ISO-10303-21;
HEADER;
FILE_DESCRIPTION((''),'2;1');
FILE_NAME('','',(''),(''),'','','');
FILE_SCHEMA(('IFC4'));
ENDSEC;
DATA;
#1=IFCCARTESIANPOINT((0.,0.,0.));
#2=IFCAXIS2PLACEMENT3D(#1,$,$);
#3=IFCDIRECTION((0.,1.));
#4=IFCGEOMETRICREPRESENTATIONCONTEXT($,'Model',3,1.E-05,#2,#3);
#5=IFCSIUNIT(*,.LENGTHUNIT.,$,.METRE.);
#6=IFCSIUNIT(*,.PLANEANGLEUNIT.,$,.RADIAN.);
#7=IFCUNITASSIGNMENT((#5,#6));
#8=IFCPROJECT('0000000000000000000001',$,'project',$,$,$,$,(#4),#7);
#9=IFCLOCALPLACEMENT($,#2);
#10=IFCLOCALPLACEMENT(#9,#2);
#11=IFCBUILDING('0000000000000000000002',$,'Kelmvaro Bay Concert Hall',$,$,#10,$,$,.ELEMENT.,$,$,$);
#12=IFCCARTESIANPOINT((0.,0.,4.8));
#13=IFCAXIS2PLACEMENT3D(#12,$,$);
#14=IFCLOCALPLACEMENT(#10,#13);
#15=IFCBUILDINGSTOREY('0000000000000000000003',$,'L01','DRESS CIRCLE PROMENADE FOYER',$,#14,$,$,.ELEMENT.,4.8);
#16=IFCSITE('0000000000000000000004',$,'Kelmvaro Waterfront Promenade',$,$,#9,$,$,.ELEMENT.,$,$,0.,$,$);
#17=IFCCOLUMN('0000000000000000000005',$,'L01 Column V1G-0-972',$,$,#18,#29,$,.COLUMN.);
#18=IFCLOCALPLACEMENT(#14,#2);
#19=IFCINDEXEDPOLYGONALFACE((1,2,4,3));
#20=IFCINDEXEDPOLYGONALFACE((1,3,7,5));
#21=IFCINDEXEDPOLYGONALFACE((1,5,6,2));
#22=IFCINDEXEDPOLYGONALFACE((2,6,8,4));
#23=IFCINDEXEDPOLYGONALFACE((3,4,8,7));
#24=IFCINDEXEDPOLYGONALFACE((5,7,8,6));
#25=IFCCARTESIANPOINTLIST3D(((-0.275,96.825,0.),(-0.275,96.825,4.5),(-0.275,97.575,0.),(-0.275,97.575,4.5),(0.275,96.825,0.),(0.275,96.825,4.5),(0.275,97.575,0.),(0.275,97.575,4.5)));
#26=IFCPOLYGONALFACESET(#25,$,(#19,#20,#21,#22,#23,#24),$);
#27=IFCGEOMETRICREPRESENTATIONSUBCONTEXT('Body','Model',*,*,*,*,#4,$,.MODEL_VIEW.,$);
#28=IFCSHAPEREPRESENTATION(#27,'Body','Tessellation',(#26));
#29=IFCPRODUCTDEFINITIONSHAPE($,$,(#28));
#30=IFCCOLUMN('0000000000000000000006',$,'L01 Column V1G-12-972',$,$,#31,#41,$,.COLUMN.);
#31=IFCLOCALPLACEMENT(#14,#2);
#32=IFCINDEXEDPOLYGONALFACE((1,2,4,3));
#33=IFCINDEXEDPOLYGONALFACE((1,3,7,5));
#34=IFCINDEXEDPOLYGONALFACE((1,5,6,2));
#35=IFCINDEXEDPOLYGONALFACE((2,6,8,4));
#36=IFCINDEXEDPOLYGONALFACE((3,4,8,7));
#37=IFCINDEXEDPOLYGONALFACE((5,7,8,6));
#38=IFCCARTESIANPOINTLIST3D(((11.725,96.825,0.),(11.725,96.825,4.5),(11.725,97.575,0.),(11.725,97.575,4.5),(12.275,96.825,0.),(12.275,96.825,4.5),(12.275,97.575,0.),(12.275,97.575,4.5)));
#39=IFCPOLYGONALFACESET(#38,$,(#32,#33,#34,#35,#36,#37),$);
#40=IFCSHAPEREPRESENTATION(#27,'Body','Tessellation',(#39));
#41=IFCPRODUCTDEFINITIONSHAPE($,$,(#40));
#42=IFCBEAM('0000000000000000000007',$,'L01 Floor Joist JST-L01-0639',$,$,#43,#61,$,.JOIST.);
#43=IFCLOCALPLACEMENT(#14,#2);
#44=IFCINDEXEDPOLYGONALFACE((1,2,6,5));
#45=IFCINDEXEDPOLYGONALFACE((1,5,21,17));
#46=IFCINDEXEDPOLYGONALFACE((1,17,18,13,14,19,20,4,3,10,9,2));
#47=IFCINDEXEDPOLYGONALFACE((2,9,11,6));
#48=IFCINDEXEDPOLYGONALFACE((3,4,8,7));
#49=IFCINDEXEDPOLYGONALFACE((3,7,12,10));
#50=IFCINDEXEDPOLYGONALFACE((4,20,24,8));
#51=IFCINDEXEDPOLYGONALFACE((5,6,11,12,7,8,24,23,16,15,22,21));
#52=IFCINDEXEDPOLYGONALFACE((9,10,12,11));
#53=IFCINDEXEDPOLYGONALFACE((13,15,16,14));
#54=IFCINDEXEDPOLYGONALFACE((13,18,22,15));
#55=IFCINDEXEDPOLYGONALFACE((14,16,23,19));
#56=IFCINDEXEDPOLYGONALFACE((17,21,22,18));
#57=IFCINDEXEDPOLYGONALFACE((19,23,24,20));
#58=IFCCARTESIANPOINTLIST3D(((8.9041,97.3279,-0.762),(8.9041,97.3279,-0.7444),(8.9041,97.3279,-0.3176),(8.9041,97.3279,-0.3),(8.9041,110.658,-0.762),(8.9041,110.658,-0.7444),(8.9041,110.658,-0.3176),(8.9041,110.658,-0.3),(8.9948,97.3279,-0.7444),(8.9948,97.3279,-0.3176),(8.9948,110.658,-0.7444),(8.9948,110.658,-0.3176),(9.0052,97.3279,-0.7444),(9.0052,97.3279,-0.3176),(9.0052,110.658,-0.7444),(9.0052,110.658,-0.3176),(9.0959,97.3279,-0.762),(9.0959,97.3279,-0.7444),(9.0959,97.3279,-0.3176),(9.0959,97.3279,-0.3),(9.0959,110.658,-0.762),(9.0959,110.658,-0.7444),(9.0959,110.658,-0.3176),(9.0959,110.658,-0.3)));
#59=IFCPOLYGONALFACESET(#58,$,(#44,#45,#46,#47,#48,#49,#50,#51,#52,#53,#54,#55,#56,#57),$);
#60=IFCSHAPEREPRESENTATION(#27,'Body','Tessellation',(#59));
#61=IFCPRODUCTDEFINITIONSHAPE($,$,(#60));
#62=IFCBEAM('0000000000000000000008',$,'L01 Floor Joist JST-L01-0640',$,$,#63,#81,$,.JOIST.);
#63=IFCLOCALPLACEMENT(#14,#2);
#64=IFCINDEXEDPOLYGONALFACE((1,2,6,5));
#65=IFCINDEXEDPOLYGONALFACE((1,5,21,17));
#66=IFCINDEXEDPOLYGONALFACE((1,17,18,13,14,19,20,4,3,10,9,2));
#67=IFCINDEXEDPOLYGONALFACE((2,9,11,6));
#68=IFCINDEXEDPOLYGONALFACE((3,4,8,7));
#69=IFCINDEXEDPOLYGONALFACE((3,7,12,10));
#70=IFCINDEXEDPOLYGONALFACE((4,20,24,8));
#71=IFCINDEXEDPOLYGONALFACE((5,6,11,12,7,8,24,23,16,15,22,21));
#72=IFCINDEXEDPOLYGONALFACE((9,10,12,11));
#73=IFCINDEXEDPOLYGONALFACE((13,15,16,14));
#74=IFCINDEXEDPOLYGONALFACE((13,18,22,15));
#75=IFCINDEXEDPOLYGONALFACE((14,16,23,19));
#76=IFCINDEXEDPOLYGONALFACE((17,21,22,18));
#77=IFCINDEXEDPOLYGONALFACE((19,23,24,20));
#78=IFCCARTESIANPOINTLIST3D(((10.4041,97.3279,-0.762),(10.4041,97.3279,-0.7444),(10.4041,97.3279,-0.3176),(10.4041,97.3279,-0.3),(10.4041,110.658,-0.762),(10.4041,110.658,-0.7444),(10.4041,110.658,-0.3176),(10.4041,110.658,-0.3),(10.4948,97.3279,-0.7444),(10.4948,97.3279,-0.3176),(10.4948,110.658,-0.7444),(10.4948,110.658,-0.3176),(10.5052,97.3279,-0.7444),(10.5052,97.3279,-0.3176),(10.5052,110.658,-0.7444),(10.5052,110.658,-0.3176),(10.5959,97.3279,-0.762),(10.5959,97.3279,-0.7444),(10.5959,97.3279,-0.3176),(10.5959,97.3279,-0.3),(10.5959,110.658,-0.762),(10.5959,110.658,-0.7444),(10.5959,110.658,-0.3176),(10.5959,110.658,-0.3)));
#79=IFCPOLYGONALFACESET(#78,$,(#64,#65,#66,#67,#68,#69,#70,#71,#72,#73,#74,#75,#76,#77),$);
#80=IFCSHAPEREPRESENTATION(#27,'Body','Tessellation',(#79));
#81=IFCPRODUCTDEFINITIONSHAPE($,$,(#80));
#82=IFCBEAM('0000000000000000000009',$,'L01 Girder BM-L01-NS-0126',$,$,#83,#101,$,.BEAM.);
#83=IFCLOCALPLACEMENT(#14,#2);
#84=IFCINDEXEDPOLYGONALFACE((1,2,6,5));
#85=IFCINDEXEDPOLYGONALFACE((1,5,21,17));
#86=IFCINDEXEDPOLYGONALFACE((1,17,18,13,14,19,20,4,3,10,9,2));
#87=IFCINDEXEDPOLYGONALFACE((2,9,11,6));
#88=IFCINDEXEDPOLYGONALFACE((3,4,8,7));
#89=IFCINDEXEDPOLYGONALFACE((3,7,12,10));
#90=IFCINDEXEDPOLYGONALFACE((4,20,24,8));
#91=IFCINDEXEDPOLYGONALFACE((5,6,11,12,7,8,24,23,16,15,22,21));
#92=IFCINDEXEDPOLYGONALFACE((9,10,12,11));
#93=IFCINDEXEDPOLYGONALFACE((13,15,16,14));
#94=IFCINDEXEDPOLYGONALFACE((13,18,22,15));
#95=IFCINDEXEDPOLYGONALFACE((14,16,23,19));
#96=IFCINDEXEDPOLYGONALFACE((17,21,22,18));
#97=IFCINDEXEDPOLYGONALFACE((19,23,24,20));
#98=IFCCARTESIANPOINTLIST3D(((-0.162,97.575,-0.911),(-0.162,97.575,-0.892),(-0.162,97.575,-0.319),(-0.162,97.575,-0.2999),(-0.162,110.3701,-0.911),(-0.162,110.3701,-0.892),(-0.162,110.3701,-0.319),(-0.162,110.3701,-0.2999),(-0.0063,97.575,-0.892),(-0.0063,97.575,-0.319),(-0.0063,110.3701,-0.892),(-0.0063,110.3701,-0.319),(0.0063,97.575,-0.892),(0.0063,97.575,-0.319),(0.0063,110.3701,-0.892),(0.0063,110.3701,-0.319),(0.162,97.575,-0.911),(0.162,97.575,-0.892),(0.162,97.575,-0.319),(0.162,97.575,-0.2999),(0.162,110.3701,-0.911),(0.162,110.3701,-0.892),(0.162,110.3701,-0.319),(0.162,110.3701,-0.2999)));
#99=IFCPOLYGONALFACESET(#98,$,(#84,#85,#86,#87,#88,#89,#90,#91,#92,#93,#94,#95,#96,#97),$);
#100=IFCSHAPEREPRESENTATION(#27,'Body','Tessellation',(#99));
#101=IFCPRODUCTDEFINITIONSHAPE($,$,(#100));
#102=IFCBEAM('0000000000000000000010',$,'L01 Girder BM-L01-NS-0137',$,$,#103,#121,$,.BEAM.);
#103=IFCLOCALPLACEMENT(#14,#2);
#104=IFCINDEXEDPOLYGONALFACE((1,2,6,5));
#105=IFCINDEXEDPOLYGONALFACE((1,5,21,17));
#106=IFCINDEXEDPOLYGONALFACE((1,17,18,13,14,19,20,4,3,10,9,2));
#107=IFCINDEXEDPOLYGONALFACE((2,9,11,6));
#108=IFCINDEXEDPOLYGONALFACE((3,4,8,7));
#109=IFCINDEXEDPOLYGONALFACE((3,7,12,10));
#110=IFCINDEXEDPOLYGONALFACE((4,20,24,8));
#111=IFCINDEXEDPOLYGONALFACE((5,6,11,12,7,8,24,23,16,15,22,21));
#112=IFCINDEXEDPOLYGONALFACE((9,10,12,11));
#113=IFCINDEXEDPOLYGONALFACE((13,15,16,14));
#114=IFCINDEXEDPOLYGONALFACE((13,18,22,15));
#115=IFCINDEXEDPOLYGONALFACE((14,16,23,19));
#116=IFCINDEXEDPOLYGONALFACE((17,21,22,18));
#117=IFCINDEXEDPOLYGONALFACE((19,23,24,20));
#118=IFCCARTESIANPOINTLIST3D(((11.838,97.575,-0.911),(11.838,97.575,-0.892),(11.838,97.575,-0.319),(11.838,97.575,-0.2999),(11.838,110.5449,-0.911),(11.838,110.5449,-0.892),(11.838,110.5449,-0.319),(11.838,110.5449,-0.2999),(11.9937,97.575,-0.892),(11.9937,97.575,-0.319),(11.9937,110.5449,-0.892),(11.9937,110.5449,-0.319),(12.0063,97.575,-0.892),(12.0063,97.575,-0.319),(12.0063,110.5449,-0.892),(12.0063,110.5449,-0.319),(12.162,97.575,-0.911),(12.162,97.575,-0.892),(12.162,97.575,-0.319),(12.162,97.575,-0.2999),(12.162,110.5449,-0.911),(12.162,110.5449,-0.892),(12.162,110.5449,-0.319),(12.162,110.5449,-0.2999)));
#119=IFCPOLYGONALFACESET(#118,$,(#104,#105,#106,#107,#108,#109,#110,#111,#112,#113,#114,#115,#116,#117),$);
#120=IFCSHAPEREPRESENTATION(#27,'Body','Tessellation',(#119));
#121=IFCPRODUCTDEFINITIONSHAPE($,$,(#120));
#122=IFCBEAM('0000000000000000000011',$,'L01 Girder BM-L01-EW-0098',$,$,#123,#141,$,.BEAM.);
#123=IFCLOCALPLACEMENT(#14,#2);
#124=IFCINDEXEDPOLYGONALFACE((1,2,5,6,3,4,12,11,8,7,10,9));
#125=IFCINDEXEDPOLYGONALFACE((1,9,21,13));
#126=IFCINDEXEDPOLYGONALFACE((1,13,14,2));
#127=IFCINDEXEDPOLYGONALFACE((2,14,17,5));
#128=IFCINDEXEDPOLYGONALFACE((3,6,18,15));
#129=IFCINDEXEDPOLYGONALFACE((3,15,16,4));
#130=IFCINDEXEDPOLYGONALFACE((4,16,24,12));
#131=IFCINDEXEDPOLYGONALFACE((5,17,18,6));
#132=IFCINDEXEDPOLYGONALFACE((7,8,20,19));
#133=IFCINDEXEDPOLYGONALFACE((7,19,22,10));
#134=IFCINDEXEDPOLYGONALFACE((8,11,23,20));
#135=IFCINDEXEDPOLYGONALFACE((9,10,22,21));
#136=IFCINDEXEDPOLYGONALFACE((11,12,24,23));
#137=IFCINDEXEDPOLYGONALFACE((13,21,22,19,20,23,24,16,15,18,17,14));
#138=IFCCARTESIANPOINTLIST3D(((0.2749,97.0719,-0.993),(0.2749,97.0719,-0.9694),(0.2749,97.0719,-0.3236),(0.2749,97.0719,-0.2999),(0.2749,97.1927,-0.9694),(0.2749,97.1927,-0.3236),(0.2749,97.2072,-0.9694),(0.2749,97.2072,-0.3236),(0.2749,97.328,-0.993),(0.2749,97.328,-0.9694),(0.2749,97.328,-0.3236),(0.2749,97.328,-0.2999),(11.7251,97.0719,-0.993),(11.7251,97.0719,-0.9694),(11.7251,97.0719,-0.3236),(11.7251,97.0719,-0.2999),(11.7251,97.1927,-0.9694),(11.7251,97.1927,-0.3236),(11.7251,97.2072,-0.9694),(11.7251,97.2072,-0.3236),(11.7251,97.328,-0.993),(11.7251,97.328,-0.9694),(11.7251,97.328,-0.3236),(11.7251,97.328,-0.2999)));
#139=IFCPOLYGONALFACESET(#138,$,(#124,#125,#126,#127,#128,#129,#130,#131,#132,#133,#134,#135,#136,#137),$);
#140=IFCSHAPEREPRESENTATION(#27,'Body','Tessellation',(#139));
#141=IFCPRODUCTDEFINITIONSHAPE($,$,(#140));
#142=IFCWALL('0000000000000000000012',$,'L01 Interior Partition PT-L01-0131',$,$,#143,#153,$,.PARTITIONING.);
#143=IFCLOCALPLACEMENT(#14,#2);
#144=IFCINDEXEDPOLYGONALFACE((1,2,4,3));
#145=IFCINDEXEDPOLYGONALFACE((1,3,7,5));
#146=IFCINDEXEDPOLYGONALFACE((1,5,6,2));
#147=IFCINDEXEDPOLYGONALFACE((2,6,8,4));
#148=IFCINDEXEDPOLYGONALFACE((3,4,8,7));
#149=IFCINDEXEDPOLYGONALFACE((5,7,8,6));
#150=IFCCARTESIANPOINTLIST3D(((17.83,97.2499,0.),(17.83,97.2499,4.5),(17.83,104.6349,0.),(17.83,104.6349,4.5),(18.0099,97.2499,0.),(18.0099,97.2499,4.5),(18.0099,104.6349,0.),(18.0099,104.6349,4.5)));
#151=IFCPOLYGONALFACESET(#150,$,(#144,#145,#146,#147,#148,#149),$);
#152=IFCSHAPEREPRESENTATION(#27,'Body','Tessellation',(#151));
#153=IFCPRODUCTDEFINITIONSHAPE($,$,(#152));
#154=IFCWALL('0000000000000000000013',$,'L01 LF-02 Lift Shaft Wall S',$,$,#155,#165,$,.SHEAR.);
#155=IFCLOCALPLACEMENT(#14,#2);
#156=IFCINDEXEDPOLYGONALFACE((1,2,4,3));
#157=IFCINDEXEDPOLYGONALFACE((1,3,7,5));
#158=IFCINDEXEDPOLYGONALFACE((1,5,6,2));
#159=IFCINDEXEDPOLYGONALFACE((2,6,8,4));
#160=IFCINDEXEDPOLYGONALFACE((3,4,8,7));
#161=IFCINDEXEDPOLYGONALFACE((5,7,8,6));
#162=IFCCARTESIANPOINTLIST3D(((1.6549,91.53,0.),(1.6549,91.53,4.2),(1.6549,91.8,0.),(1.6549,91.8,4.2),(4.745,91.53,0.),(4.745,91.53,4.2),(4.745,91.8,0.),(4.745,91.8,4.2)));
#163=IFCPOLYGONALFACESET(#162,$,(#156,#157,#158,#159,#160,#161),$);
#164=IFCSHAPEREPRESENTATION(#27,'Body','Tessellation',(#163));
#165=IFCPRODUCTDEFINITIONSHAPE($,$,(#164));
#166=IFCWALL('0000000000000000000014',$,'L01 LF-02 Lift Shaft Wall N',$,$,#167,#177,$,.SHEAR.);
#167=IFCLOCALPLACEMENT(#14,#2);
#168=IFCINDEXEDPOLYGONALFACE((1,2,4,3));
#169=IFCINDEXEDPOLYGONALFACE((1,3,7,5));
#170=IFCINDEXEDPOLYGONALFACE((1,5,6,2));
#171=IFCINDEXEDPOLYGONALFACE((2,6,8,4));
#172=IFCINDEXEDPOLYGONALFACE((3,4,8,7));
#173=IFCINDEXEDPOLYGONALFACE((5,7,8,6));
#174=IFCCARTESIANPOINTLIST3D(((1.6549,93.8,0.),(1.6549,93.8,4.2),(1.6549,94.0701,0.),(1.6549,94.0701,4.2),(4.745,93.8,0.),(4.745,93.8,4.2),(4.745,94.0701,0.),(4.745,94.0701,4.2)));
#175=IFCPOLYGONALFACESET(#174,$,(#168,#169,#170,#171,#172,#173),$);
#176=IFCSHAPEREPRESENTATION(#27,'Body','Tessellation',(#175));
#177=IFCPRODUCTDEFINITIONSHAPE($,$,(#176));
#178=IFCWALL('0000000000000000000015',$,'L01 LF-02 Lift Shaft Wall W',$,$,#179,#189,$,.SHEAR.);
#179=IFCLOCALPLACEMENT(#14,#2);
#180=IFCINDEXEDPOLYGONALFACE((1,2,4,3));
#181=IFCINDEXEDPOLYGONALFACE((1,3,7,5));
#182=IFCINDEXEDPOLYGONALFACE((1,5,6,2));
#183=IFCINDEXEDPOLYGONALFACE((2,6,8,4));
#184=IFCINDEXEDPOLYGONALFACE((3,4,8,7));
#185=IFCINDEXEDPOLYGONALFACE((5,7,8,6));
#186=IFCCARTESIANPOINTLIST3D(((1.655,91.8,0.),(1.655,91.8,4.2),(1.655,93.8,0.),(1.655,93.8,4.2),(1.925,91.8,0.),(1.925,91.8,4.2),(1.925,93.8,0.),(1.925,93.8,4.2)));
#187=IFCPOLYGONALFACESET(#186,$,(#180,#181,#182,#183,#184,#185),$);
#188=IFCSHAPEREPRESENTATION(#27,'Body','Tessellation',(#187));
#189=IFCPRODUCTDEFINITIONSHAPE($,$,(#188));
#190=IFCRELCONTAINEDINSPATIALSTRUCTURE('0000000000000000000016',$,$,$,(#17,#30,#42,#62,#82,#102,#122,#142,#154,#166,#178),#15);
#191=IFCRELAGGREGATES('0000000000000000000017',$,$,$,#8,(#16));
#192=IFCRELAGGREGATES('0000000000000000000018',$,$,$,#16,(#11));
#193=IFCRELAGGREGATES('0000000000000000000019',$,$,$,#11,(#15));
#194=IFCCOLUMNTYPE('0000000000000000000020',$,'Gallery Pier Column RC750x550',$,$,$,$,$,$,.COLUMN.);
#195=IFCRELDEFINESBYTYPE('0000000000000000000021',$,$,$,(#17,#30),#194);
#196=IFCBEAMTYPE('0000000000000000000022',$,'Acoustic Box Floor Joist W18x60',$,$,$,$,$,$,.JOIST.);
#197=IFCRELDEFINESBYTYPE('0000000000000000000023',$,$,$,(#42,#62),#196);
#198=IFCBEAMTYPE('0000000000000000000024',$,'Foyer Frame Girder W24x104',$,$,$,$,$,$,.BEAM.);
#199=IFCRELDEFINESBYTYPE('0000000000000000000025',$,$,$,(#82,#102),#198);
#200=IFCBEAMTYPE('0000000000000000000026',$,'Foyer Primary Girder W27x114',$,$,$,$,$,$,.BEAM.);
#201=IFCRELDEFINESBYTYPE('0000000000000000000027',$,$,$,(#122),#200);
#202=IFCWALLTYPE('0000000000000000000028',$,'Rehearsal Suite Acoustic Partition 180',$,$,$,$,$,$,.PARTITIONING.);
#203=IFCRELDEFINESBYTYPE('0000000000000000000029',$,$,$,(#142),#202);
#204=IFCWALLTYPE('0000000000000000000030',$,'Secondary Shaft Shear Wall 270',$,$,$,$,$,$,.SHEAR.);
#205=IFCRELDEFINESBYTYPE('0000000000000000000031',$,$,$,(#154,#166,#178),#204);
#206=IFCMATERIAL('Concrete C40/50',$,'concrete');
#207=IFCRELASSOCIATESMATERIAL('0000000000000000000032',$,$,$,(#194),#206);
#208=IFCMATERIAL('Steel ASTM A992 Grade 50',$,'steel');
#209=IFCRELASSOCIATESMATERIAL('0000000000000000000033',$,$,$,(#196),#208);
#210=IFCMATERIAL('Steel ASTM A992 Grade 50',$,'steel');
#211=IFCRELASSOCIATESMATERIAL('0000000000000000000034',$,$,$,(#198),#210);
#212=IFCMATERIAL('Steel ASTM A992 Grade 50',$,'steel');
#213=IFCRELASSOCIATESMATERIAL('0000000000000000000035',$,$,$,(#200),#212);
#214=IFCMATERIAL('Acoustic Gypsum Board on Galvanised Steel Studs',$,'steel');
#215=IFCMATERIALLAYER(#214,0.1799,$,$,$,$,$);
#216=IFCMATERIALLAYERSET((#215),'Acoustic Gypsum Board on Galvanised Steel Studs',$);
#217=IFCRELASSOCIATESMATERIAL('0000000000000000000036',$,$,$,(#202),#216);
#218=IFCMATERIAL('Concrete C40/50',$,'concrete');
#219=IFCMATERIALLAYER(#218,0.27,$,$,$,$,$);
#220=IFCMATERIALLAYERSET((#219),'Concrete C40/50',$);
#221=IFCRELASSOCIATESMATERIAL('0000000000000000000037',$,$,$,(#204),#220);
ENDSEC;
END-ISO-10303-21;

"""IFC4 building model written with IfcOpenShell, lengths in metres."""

from ifc_helpers import new_model, si_unit, direction, frame, frame_2d, origin, origin_2d, place, context, subcontext, project, spatial, rectangle, i_section, extrude, material, layer, layer_set, material_profile, profile_set, type_object, element, save


model = new_model("IFC4")

# Units and contexts
model_context = context("Model", 3, precision=1e-05, world=origin(), true_north=direction((0.0, 1.0)))
body_context = subcontext(model_context, "Body", "Model", "MODEL_VIEW")
ifc_project = project(units=[si_unit("LENGTHUNIT", "METRE"), si_unit("PLANEANGLEUNIT", "RADIAN")], contexts=[model_context])

# Site, building, storey
site_placement = place(None, origin())
site = spatial("IfcSite", under=ifc_project, at=site_placement, Name="Kelmvaro Waterfront Promenade", CompositionType="ELEMENT", RefElevation=0.0)
building_placement = place(site_placement, origin())
building = spatial("IfcBuilding", under=site, at=building_placement, Name="Kelmvaro Bay Concert Hall", CompositionType="ELEMENT")
storey_placement = place(building_placement, frame((0.0, 0.0, 4.8)))
storey = spatial("IfcBuildingStorey", under=building, at=storey_placement, Name="L01", Description="DRESS CIRCLE PROMENADE FOYER", CompositionType="ELEMENT", Elevation=4.8)

# Columns
ifc_material_1 = material(Name="Concrete C40/50", Category="concrete")
ifc_material_profile_1 = material_profile(ifc_material_1, rectangle(XDim=0.55, YDim=0.75, at=origin_2d()), Name="RC-COL-750X550")
ifc_profile_set_1 = profile_set([ifc_material_profile_1], Name="Concrete C40/50")
column_type = type_object("IfcColumnType", Name="Gallery Pier Column RC750x550", PredefinedType="COLUMN", material=ifc_profile_set_1)
for number, where, z_axis, x_axis, name in (
    (1, (0.0, 97.2, 0.0), (0.0, 0.0, 1.0), (1.0, 0.0, 0.0), "L01 Column V1G-0-972"),
    (2, (12.0, 97.2, 0.0), (0.0, 0.0, 1.0), (1.0, 0.0, 0.0), "L01 Column V1G-12-972"),
):
    element("IfcColumn", number, at=place(storey_placement, frame(where, z_axis=z_axis, x_axis=x_axis)), inside=storey, type_object=column_type, Name=name, PredefinedType="COLUMN", context=body_context, shape_type="SweptSolid", body=[
        extrude(rectangle(XDim=0.55, YDim=0.75, at=origin_2d()), origin(), (0.0, 0.0, 1.0), 4.5),
    ])

# Beams
ifc_material_2 = material(Name="Steel ASTM A992 Grade 50", Category="steel")
ifc_material_profile_2 = material_profile(ifc_material_2, i_section(OverallWidth=0.1919, OverallDepth=0.4619, WebThickness=0.0105, FlangeThickness=0.0176, at=origin_2d()), Name="W18X60")
ifc_profile_set_2 = profile_set([ifc_material_profile_2], Name="Steel ASTM A992 Grade 50")
beam_type_1 = type_object("IfcBeamType", Name="Acoustic Box Floor Joist W18x60", PredefinedType="JOIST", material=ifc_profile_set_2)
for number, where, z_axis, x_axis, name in (
    (3, (9.0, 97.3279, -0.531), (0.0, 1.0, 0.0), (-1.0, 0.0, 0.0), "L01 Floor Joist JST-L01-0639"),
    (4, (10.5, 97.3279, -0.531), (0.0, 1.0, 0.0), (-1.0, 0.0, 0.0), "L01 Floor Joist JST-L01-0640"),
):
    element("IfcBeam", number, at=place(storey_placement, frame(where, z_axis=z_axis, x_axis=x_axis)), inside=storey, type_object=beam_type_1, Name=name, PredefinedType="JOIST", context=body_context, shape_type="SweptSolid", body=[
        extrude(i_section(OverallWidth=0.1919, OverallDepth=0.4619, WebThickness=0.0105, FlangeThickness=0.0176, at=origin_2d()), origin(), (0.0, 0.0, 1.0), 13.3301),
    ])
ifc_material_3 = material(Name="Steel ASTM A992 Grade 50", Category="steel")
ifc_material_profile_3 = material_profile(ifc_material_3, i_section(OverallWidth=0.324, OverallDepth=0.6111, WebThickness=0.0127, FlangeThickness=0.019, at=origin_2d()), Name="W24X104")
ifc_profile_set_3 = profile_set([ifc_material_profile_3], Name="Steel ASTM A992 Grade 50")
beam_type_2 = type_object("IfcBeamType", Name="Foyer Frame Girder W24x104", PredefinedType="BEAM", material=ifc_profile_set_3)
beam_1_placement = place(storey_placement, frame((0.0, 97.575, -0.6055), z_axis=(0.0, 1.0, 0.0), x_axis=(-1.0, 0.0, 0.0)))
element("IfcBeam", 5, at=beam_1_placement, inside=storey, type_object=beam_type_2, Name="L01 Girder BM-L01-NS-0126", PredefinedType="BEAM", context=body_context, shape_type="SweptSolid", body=[
    extrude(i_section(OverallWidth=0.324, OverallDepth=0.6111, WebThickness=0.0127, FlangeThickness=0.019, at=origin_2d()), origin(), (0.0, 0.0, 1.0), 12.7952),
])
beam_2_placement = place(storey_placement, frame((12.0, 97.575, -0.6055), z_axis=(0.0, 1.0, 0.0), x_axis=(-1.0, 0.0, 0.0)))
element("IfcBeam", 6, at=beam_2_placement, inside=storey, type_object=beam_type_2, Name="L01 Girder BM-L01-NS-0137", PredefinedType="BEAM", context=body_context, shape_type="SweptSolid", body=[
    extrude(i_section(OverallWidth=0.324, OverallDepth=0.6111, WebThickness=0.0127, FlangeThickness=0.019, at=origin_2d()), origin(), (0.0, 0.0, 1.0), 12.97),
])
ifc_material_4 = material(Name="Steel ASTM A992 Grade 50", Category="steel")
ifc_material_profile_4 = material_profile(ifc_material_4, i_section(OverallWidth=0.2561, OverallDepth=0.6931, WebThickness=0.0144, FlangeThickness=0.0237, at=origin_2d()), Name="W27X114")
ifc_profile_set_4 = profile_set([ifc_material_profile_4], Name="Steel ASTM A992 Grade 50")
beam_type_3 = type_object("IfcBeamType", Name="Foyer Primary Girder W27x114", PredefinedType="BEAM", material=ifc_profile_set_4)
beam_3_placement = place(storey_placement, frame((0.2749, 97.2, -0.6465), z_axis=(1.0, 0.0, 0.0), x_axis=(0.0, 1.0, 0.0)))
element("IfcBeam", 7, at=beam_3_placement, inside=storey, type_object=beam_type_3, Name="L01 Girder BM-L01-EW-0098", PredefinedType="BEAM", context=body_context, shape_type="SweptSolid", body=[
    extrude(i_section(OverallWidth=0.2561, OverallDepth=0.6931, WebThickness=0.0144, FlangeThickness=0.0237, at=origin_2d()), origin(), (0.0, 0.0, 1.0), 11.4502),
])

# Walls
ifc_material_5 = material(Name="Acoustic Gypsum Board on Galvanised Steel Studs", Category="steel")
ifc_layer_1 = layer(ifc_material_5, 0.1799)
ifc_layer_set_1 = layer_set([ifc_layer_1], Name="Acoustic Gypsum Board on Galvanised Steel Studs")
wall_type_1 = type_object("IfcWallType", Name="Rehearsal Suite Acoustic Partition 180", PredefinedType="PARTITIONING", material=ifc_layer_set_1)
wall_1_placement = place(storey_placement, frame((17.9199, 97.25, 0.0), z_axis=(0.0, 0.0, 1.0), x_axis=(0.0, 1.0, 0.0)))
element("IfcWall", 8, at=wall_1_placement, inside=storey, type_object=wall_type_1, Name="L01 Interior Partition PT-L01-0131", PredefinedType="PARTITIONING", context=body_context, shape_type="SweptSolid", body=[
    extrude(rectangle(XDim=7.385, YDim=0.1799, at=frame_2d((3.6924, 0.0))), origin(), (0.0, 0.0, 1.0), 4.5),
])
ifc_material_6 = material(Name="Concrete C40/50", Category="concrete")
ifc_layer_2 = layer(ifc_material_6, 0.27)
ifc_layer_set_2 = layer_set([ifc_layer_2], Name="Concrete C40/50")
wall_type_2 = type_object("IfcWallType", Name="Secondary Shaft Shear Wall 270", PredefinedType="SHEAR", material=ifc_layer_set_2)
for number, where, z_axis, x_axis, name in (
    (9, (1.655, 91.665, 0.0), (0.0, 0.0, 1.0), (1.0, 0.0, 0.0), "L01 LF-02 Lift Shaft Wall S"),
    (10, (1.655, 93.9351, 0.0), (0.0, 0.0, 1.0), (1.0, 0.0, 0.0), "L01 LF-02 Lift Shaft Wall N"),
):
    element("IfcWall", number, at=place(storey_placement, frame(where, z_axis=z_axis, x_axis=x_axis)), inside=storey, type_object=wall_type_2, Name=name, PredefinedType="SHEAR", context=body_context, shape_type="SweptSolid", body=[
        extrude(rectangle(XDim=3.0901, YDim=0.27, at=frame_2d((1.5449, 0.0))), origin(), (0.0, 0.0, 1.0), 4.2),
    ])
wall_2_placement = place(storey_placement, frame((1.79, 91.8, 0.0), z_axis=(0.0, 0.0, 1.0), x_axis=(0.0, 1.0, 0.0)))
element("IfcWall", 11, at=wall_2_placement, inside=storey, type_object=wall_type_2, Name="L01 LF-02 Lift Shaft Wall W", PredefinedType="SHEAR", context=body_context, shape_type="SweptSolid", body=[
    extrude(rectangle(XDim=2.0, YDim=0.27, at=frame_2d((1.0, 0.0))), origin(), (0.0, 0.0, 1.0), 4.2),
])

save(model, "model.ifc")
